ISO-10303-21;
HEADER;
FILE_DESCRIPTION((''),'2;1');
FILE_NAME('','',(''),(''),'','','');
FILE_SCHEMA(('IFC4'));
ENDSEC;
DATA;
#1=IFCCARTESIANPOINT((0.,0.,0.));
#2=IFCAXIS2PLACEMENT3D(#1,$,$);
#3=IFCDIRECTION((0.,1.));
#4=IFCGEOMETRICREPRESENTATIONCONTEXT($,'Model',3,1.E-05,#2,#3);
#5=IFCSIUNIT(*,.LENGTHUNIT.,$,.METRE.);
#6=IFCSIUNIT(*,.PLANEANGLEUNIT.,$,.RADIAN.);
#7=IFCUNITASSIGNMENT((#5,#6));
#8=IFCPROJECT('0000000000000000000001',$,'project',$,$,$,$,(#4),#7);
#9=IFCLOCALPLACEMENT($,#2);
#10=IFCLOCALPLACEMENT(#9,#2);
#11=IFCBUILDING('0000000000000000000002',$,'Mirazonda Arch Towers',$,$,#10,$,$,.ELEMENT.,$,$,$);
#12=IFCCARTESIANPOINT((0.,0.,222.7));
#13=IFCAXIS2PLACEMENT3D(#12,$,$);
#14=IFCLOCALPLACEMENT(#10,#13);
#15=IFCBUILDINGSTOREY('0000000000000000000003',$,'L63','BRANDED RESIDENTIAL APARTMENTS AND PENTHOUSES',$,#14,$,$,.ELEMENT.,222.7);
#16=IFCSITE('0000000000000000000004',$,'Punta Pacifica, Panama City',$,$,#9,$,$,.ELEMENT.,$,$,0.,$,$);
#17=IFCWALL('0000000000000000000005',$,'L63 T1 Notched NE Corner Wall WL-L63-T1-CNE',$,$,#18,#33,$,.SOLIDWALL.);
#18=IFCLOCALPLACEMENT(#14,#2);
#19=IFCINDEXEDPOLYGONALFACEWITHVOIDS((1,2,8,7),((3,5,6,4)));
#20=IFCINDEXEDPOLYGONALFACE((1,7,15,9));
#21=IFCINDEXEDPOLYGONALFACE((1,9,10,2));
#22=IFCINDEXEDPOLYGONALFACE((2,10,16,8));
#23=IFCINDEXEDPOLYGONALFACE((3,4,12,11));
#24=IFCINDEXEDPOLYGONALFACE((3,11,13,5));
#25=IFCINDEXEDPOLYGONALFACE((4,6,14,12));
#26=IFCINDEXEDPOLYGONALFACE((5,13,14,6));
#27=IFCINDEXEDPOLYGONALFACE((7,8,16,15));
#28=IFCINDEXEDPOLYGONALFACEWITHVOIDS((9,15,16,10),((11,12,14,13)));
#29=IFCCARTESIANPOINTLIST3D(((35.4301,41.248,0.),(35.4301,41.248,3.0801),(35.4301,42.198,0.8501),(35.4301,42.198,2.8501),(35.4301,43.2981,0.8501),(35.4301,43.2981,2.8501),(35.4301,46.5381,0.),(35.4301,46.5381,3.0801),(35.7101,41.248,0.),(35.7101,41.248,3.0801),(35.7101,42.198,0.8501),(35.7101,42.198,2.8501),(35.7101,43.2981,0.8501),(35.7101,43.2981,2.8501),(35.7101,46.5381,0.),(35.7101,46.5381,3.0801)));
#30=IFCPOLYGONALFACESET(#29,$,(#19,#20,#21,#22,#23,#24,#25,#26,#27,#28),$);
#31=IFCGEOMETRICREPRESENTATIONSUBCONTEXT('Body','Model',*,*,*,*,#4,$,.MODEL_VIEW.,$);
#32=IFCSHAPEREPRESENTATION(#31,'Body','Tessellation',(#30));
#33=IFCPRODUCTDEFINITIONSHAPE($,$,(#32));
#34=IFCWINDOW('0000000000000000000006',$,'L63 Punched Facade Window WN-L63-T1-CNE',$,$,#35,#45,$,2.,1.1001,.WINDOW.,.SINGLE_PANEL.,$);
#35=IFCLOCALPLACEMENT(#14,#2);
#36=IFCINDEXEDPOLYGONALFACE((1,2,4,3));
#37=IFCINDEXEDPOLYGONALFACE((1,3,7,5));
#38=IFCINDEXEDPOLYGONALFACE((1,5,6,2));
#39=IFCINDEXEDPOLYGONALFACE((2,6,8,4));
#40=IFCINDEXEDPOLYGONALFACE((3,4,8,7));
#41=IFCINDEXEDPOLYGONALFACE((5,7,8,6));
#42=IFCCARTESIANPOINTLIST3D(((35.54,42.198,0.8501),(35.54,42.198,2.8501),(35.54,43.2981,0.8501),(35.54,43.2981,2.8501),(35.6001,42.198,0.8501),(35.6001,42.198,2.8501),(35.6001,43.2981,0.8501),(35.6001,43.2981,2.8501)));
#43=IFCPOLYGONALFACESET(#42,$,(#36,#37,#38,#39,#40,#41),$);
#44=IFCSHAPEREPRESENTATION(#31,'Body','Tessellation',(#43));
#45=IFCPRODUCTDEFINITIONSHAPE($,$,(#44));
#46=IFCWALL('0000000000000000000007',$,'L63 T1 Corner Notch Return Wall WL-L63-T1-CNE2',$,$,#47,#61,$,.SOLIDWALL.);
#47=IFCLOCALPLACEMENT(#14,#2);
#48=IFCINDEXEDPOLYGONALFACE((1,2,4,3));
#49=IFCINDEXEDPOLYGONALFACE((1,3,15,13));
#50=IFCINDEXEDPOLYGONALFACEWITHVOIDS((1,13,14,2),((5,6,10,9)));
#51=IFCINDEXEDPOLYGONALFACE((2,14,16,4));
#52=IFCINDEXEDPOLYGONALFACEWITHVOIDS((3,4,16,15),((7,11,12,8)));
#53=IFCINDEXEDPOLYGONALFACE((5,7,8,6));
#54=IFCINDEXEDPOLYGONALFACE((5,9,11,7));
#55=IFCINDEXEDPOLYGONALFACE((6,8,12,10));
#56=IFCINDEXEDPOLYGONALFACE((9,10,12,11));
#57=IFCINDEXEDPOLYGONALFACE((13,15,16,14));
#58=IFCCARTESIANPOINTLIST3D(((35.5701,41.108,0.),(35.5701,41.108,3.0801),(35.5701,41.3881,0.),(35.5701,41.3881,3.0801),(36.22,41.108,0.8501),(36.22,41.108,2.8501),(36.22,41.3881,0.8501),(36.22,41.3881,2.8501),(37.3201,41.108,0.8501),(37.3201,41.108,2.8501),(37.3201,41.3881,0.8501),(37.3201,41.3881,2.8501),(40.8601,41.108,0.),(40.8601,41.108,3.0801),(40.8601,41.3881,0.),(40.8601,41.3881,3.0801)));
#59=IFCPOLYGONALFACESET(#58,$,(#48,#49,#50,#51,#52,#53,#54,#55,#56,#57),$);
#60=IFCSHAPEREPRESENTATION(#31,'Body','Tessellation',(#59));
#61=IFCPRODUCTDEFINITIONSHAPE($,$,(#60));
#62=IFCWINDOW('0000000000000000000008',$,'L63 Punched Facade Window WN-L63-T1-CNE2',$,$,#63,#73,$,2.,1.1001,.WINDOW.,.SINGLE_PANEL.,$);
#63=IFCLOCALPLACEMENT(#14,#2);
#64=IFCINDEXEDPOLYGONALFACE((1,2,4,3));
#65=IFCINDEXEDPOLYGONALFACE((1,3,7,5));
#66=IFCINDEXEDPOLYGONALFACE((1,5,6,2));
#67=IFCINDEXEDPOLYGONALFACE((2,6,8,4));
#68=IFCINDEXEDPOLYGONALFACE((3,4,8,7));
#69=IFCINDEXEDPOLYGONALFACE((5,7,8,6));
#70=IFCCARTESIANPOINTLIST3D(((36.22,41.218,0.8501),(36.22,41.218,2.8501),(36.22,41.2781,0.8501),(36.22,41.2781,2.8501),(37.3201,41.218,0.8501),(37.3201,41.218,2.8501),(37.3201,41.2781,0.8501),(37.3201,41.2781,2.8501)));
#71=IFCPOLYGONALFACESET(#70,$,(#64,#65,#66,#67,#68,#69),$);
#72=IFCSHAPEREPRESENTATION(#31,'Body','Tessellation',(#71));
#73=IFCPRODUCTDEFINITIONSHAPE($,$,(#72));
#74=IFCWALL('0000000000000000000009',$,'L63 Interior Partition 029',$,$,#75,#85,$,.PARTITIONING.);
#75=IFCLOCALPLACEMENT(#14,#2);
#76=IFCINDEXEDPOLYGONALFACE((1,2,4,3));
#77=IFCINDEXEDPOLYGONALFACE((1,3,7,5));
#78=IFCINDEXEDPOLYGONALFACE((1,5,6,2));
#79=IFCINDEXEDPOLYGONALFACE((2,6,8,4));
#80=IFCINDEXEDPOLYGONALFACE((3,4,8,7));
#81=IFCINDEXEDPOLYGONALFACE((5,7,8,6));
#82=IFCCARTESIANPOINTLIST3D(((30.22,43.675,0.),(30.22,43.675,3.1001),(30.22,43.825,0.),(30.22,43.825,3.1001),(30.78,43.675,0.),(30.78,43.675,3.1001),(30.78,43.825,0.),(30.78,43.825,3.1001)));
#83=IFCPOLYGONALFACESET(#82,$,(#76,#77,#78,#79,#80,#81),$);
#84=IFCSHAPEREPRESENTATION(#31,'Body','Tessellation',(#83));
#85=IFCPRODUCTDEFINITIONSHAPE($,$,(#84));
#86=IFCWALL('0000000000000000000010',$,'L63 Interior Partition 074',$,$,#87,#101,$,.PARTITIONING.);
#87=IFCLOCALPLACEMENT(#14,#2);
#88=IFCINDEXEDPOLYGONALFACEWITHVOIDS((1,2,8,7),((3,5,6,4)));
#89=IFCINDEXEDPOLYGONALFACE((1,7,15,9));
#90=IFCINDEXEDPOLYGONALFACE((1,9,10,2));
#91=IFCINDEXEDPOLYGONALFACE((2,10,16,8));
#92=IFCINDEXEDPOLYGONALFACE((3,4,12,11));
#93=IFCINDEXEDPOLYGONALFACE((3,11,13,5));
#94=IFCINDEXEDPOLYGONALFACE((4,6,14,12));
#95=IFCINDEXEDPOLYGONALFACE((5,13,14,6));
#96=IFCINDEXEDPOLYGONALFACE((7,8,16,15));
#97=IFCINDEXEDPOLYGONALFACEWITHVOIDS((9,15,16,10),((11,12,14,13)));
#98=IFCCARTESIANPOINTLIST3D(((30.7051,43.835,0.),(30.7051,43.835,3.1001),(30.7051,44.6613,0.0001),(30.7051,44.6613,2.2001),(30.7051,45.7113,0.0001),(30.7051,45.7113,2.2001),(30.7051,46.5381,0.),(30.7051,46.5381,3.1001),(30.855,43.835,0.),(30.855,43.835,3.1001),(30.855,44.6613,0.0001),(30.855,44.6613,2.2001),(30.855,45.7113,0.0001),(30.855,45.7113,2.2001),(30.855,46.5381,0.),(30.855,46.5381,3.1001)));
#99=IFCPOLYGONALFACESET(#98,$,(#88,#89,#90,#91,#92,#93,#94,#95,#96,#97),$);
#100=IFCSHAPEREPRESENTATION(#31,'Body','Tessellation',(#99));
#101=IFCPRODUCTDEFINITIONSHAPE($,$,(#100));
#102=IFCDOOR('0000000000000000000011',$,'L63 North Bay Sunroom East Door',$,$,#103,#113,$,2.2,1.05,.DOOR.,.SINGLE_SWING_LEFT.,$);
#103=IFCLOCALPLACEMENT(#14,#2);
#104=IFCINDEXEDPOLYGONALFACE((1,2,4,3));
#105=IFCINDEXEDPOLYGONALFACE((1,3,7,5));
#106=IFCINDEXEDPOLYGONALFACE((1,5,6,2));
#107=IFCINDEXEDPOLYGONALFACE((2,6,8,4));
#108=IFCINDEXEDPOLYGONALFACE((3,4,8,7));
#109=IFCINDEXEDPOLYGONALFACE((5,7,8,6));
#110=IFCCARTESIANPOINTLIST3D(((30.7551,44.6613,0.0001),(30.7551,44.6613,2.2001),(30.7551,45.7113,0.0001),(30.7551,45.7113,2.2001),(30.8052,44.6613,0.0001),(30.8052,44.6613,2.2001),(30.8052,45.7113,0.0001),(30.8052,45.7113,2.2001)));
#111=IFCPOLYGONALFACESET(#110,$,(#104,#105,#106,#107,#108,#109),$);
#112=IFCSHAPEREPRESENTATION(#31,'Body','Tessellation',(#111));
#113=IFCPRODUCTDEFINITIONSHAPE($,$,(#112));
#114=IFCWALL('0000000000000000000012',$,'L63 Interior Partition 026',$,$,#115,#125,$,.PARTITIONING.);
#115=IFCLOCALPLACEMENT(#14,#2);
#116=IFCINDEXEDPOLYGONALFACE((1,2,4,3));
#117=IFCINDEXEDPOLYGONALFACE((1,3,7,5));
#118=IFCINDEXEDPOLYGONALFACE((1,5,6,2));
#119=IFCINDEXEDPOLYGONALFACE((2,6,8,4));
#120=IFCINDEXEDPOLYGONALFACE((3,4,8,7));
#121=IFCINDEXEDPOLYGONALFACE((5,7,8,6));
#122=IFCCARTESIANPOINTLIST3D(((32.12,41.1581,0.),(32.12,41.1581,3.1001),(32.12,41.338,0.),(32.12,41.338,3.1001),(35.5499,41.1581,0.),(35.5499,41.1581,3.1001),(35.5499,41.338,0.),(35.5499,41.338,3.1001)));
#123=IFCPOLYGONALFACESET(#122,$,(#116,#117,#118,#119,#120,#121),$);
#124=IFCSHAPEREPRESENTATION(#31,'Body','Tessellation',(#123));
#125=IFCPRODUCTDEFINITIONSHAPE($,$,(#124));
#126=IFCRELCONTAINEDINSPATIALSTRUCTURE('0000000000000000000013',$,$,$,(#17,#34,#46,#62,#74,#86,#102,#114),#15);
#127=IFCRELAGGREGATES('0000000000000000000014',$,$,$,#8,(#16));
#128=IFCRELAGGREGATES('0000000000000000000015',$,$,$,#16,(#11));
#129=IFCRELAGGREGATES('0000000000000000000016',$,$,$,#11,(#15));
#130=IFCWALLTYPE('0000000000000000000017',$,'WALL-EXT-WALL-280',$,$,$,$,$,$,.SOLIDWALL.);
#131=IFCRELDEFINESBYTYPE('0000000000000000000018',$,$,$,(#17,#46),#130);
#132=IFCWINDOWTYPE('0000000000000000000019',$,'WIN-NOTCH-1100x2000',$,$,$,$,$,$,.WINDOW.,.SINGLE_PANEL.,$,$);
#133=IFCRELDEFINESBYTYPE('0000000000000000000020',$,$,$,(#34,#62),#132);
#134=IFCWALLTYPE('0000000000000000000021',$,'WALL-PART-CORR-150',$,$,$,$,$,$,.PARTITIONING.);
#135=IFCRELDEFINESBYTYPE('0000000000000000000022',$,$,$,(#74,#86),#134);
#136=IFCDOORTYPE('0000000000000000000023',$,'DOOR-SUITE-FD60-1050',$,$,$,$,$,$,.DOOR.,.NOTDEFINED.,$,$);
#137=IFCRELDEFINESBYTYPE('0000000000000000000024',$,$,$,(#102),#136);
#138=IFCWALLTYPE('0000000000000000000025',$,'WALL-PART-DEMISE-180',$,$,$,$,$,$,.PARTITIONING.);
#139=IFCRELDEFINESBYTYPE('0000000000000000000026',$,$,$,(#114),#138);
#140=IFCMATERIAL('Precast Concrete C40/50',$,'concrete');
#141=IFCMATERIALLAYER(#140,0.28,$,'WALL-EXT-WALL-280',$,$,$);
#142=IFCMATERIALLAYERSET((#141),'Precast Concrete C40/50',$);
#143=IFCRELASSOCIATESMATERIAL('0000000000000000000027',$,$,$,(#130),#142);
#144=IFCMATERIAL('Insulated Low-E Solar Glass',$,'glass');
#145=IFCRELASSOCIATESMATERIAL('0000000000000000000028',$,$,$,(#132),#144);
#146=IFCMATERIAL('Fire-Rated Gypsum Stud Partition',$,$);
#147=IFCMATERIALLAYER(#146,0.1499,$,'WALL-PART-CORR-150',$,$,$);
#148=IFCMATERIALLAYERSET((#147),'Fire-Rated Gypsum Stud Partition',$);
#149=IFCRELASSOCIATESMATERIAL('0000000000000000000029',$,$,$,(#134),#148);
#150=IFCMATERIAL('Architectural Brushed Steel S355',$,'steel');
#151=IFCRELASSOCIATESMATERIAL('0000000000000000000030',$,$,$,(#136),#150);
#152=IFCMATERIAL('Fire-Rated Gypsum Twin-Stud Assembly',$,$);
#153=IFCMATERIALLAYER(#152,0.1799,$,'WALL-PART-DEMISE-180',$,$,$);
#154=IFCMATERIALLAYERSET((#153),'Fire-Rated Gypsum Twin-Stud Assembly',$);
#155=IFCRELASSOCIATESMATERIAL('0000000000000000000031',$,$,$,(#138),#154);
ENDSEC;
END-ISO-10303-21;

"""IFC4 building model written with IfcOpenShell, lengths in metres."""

from ifc_helpers import new_model, si_unit, direction, frame, frame_2d, origin, place, context, subcontext, project, spatial, rectangle, extrude, material, layer, layer_set, type_object, element, fill, save


model = new_model("IFC4")

# Units and contexts
model_context = context("Model", 3, precision=1e-05, world=origin(), true_north=direction((0.0, 1.0)))
body_context = subcontext(model_context, "Body", "Model", "MODEL_VIEW")
ifc_project = project(units=[si_unit("LENGTHUNIT", "METRE"), si_unit("PLANEANGLEUNIT", "RADIAN")], contexts=[model_context])

# Site, building, storey
site_placement = place(None, origin())
site = spatial("IfcSite", under=ifc_project, at=site_placement, Name="Punta Pacifica, Panama City", CompositionType="ELEMENT", RefElevation=0.0)
building_placement = place(site_placement, origin())
building = spatial("IfcBuilding", under=site, at=building_placement, Name="Mirazonda Arch Towers", CompositionType="ELEMENT")
storey_placement = place(building_placement, frame((0.0, 0.0, 222.7)))
storey = spatial("IfcBuildingStorey", under=building, at=storey_placement, Name="L63", Description="BRANDED RESIDENTIAL APARTMENTS AND PENTHOUSES", CompositionType="ELEMENT", Elevation=222.7)

# Shared definitions
ifc_material_1 = material(Name="Insulated Low-E Solar Glass", Category="glass")

# Walls, openings, windows
ifc_material_2 = material(Name="Precast Concrete C40/50", Category="concrete")
ifc_layer_1 = layer(ifc_material_2, 0.28, Name="WALL-EXT-WALL-280")
ifc_layer_set_1 = layer_set([ifc_layer_1], Name="Precast Concrete C40/50")
wall_type_1 = type_object("IfcWallType", Name="WALL-EXT-WALL-280", PredefinedType="SOLIDWALL", material=ifc_layer_set_1)
wall_1_placement = place(storey_placement, frame((35.5701, 41.248, 0.0), z_axis=(0.0, 0.0, 1.0), x_axis=(0.0, 1.0, 0.0)))
wall_1 = element("IfcWall", 1, at=wall_1_placement, inside=storey, type_object=wall_type_1, Name="L63 T1 Notched NE Corner Wall WL-L63-T1-CNE", PredefinedType="SOLIDWALL", context=body_context, shape_type="SweptSolid", body=[
    extrude(rectangle(XDim=5.29, YDim=0.28, at=frame_2d((2.645, 0.0))), origin(), (0.0, 0.0, 1.0), 3.0801),
])
opening_1_placement = place(wall_1_placement, frame((0.95, 0.0, 0.8501)))
opening_1 = element("IfcOpeningElement", 2, at=opening_1_placement, cuts=wall_1, PredefinedType="OPENING", context=body_context, shape_type="SweptSolid", body=[
    extrude(rectangle(XDim=1.1001, YDim=2.0, at=frame_2d((0.55, 1.0))), frame((0.0, 0.1499, 0.0), z_axis=(0.0, -1.0, 0.0), x_axis=(1.0, 0.0, 0.0)), (0.0, 0.0, 1.0), 0.3),
])
window_type = type_object("IfcWindowType", Name="WIN-NOTCH-1100x2000", PartitioningType="SINGLE_PANEL", PredefinedType="WINDOW", material=ifc_material_1)
window_1_placement = place(opening_1_placement, origin())
window_1 = element("IfcWindow", 3, at=window_1_placement, inside=storey, type_object=window_type, Name="L63 Punched Facade Window WN-L63-T1-CNE", OverallHeight=2.0, OverallWidth=1.1001, PartitioningType="SINGLE_PANEL", PredefinedType="WINDOW", context=body_context, shape_type="SweptSolid", body=[
    extrude(rectangle(XDim=1.1001, YDim=2.0, at=frame_2d((0.55, 1.0))), frame((0.0, 0.03, 0.0), z_axis=(0.0, -1.0, 0.0), x_axis=(1.0, 0.0, 0.0)), (0.0, 0.0, 1.0), 0.0601),
])
fill(opening_1, window_1)
wall_2_placement = place(storey_placement, frame((40.8601, 41.248, 0.0), z_axis=(0.0, 0.0, 1.0), x_axis=(-1.0, 0.0, 0.0)))
wall_2 = element("IfcWall", 4, at=wall_2_placement, inside=storey, type_object=wall_type_1, Name="L63 T1 Corner Notch Return Wall WL-L63-T1-CNE2", PredefinedType="SOLIDWALL", context=body_context, shape_type="SweptSolid", body=[
    extrude(rectangle(XDim=5.29, YDim=0.28, at=frame_2d((2.645, 0.0))), origin(), (0.0, 0.0, 1.0), 3.0801),
])
opening_2_placement = place(wall_2_placement, frame((3.54, 0.0, 0.8501)))
opening_2 = element("IfcOpeningElement", 5, at=opening_2_placement, cuts=wall_2, PredefinedType="OPENING", context=body_context, shape_type="SweptSolid", body=[
    extrude(rectangle(XDim=1.1001, YDim=2.0, at=frame_2d((0.55, 1.0))), frame((0.0, 0.1499, 0.0), z_axis=(0.0, -1.0, 0.0), x_axis=(1.0, 0.0, 0.0)), (0.0, 0.0, 1.0), 0.3),
])
window_2_placement = place(opening_2_placement, origin())
window_2 = element("IfcWindow", 6, at=window_2_placement, inside=storey, type_object=window_type, Name="L63 Punched Facade Window WN-L63-T1-CNE2", OverallHeight=2.0, OverallWidth=1.1001, PartitioningType="SINGLE_PANEL", PredefinedType="WINDOW", context=body_context, shape_type="SweptSolid", body=[
    extrude(rectangle(XDim=1.1001, YDim=2.0, at=frame_2d((0.55, 1.0))), frame((0.0, 0.03, 0.0), z_axis=(0.0, -1.0, 0.0), x_axis=(1.0, 0.0, 0.0)), (0.0, 0.0, 1.0), 0.0601),
])
fill(opening_2, window_2)

# Wall
ifc_material_3 = material(Name="Fire-Rated Gypsum Stud Partition")
ifc_layer_2 = layer(ifc_material_3, 0.1499, Name="WALL-PART-CORR-150")
ifc_layer_set_2 = layer_set([ifc_layer_2], Name="Fire-Rated Gypsum Stud Partition")
wall_type_2 = type_object("IfcWallType", Name="WALL-PART-CORR-150", PredefinedType="PARTITIONING", material=ifc_layer_set_2)
wall_3_placement = place(storey_placement, frame((30.22, 43.75, 0.0), z_axis=(0.0, 0.0, 1.0), x_axis=(1.0, 0.0, 0.0)))
element("IfcWall", 7, at=wall_3_placement, inside=storey, type_object=wall_type_2, Name="L63 Interior Partition 029", PredefinedType="PARTITIONING", context=body_context, shape_type="SweptSolid", body=[
    extrude(rectangle(XDim=0.5601, YDim=0.1499, at=frame_2d((0.28, 0.0))), origin(), (0.0, 0.0, 1.0), 3.1001),
])

# Wall, opening, door
wall_4_placement = place(storey_placement, frame((30.78, 43.835, 0.0), z_axis=(0.0, 0.0, 1.0), x_axis=(0.0, 1.0, 0.0)))
wall_4 = element("IfcWall", 8, at=wall_4_placement, inside=storey, type_object=wall_type_2, Name="L63 Interior Partition 074", PredefinedType="PARTITIONING", context=body_context, shape_type="SweptSolid", body=[
    extrude(rectangle(XDim=2.7031, YDim=0.1499, at=frame_2d((1.3516, 0.0))), origin(), (0.0, 0.0, 1.0), 3.1001),
])
opening_3_placement = place(wall_4_placement, frame((0.8264, 0.0, 0.0)))
opening_3 = element("IfcOpeningElement", 9, at=opening_3_placement, cuts=wall_4, PredefinedType="OPENING", context=body_context, shape_type="SweptSolid", body=[
    extrude(rectangle(XDim=1.05, YDim=2.2, at=frame_2d((0.5249, 1.1001))), frame((0.0, 0.085, 0.0), z_axis=(0.0, -1.0, 0.0), x_axis=(1.0, 0.0, 0.0)), (0.0, 0.0, 1.0), 0.1699),
])
ifc_material_4 = material(Name="Architectural Brushed Steel S355", Category="steel")
door_type_1 = type_object("IfcDoorType", Name="DOOR-SUITE-FD60-1050", OperationType="NOTDEFINED", PredefinedType="DOOR", material=ifc_material_4)
door_1_placement = place(opening_3_placement, origin())
door_1 = element("IfcDoor", 10, at=door_1_placement, inside=storey, type_object=door_type_1, Name="L63 North Bay Sunroom East Door", OperationType="SINGLE_SWING_LEFT", OverallHeight=2.2, OverallWidth=1.05, PredefinedType="DOOR", context=body_context, shape_type="SweptSolid", body=[
    extrude(rectangle(XDim=1.05, YDim=2.2, at=frame_2d((0.5249, 1.1001))), frame((0.0, 0.0249, 0.0), z_axis=(0.0, -1.0, 0.0), x_axis=(1.0, 0.0, 0.0)), (0.0, 0.0, 1.0), 0.05),
])
fill(opening_3, door_1)

# Wall
ifc_material_5 = material(Name="Fire-Rated Gypsum Twin-Stud Assembly")
ifc_layer_3 = layer(ifc_material_5, 0.1799, Name="WALL-PART-DEMISE-180")
ifc_layer_set_3 = layer_set([ifc_layer_3], Name="Fire-Rated Gypsum Twin-Stud Assembly")
wall_type_3 = type_object("IfcWallType", Name="WALL-PART-DEMISE-180", PredefinedType="PARTITIONING", material=ifc_layer_set_3)
wall_5_placement = place(storey_placement, frame((32.1201, 41.248, 0.0), z_axis=(0.0, 0.0, 1.0), x_axis=(1.0, 0.0, 0.0)))
element("IfcWall", 11, at=wall_5_placement, inside=storey, type_object=wall_type_3, Name="L63 Interior Partition 026", PredefinedType="PARTITIONING", context=body_context, shape_type="SweptSolid", body=[
    extrude(rectangle(XDim=3.4299, YDim=0.1799, at=frame_2d((1.7148, 0.0))), origin(), (0.0, 0.0, 1.0), 3.1001),
])

save(model, "model.ifc")
